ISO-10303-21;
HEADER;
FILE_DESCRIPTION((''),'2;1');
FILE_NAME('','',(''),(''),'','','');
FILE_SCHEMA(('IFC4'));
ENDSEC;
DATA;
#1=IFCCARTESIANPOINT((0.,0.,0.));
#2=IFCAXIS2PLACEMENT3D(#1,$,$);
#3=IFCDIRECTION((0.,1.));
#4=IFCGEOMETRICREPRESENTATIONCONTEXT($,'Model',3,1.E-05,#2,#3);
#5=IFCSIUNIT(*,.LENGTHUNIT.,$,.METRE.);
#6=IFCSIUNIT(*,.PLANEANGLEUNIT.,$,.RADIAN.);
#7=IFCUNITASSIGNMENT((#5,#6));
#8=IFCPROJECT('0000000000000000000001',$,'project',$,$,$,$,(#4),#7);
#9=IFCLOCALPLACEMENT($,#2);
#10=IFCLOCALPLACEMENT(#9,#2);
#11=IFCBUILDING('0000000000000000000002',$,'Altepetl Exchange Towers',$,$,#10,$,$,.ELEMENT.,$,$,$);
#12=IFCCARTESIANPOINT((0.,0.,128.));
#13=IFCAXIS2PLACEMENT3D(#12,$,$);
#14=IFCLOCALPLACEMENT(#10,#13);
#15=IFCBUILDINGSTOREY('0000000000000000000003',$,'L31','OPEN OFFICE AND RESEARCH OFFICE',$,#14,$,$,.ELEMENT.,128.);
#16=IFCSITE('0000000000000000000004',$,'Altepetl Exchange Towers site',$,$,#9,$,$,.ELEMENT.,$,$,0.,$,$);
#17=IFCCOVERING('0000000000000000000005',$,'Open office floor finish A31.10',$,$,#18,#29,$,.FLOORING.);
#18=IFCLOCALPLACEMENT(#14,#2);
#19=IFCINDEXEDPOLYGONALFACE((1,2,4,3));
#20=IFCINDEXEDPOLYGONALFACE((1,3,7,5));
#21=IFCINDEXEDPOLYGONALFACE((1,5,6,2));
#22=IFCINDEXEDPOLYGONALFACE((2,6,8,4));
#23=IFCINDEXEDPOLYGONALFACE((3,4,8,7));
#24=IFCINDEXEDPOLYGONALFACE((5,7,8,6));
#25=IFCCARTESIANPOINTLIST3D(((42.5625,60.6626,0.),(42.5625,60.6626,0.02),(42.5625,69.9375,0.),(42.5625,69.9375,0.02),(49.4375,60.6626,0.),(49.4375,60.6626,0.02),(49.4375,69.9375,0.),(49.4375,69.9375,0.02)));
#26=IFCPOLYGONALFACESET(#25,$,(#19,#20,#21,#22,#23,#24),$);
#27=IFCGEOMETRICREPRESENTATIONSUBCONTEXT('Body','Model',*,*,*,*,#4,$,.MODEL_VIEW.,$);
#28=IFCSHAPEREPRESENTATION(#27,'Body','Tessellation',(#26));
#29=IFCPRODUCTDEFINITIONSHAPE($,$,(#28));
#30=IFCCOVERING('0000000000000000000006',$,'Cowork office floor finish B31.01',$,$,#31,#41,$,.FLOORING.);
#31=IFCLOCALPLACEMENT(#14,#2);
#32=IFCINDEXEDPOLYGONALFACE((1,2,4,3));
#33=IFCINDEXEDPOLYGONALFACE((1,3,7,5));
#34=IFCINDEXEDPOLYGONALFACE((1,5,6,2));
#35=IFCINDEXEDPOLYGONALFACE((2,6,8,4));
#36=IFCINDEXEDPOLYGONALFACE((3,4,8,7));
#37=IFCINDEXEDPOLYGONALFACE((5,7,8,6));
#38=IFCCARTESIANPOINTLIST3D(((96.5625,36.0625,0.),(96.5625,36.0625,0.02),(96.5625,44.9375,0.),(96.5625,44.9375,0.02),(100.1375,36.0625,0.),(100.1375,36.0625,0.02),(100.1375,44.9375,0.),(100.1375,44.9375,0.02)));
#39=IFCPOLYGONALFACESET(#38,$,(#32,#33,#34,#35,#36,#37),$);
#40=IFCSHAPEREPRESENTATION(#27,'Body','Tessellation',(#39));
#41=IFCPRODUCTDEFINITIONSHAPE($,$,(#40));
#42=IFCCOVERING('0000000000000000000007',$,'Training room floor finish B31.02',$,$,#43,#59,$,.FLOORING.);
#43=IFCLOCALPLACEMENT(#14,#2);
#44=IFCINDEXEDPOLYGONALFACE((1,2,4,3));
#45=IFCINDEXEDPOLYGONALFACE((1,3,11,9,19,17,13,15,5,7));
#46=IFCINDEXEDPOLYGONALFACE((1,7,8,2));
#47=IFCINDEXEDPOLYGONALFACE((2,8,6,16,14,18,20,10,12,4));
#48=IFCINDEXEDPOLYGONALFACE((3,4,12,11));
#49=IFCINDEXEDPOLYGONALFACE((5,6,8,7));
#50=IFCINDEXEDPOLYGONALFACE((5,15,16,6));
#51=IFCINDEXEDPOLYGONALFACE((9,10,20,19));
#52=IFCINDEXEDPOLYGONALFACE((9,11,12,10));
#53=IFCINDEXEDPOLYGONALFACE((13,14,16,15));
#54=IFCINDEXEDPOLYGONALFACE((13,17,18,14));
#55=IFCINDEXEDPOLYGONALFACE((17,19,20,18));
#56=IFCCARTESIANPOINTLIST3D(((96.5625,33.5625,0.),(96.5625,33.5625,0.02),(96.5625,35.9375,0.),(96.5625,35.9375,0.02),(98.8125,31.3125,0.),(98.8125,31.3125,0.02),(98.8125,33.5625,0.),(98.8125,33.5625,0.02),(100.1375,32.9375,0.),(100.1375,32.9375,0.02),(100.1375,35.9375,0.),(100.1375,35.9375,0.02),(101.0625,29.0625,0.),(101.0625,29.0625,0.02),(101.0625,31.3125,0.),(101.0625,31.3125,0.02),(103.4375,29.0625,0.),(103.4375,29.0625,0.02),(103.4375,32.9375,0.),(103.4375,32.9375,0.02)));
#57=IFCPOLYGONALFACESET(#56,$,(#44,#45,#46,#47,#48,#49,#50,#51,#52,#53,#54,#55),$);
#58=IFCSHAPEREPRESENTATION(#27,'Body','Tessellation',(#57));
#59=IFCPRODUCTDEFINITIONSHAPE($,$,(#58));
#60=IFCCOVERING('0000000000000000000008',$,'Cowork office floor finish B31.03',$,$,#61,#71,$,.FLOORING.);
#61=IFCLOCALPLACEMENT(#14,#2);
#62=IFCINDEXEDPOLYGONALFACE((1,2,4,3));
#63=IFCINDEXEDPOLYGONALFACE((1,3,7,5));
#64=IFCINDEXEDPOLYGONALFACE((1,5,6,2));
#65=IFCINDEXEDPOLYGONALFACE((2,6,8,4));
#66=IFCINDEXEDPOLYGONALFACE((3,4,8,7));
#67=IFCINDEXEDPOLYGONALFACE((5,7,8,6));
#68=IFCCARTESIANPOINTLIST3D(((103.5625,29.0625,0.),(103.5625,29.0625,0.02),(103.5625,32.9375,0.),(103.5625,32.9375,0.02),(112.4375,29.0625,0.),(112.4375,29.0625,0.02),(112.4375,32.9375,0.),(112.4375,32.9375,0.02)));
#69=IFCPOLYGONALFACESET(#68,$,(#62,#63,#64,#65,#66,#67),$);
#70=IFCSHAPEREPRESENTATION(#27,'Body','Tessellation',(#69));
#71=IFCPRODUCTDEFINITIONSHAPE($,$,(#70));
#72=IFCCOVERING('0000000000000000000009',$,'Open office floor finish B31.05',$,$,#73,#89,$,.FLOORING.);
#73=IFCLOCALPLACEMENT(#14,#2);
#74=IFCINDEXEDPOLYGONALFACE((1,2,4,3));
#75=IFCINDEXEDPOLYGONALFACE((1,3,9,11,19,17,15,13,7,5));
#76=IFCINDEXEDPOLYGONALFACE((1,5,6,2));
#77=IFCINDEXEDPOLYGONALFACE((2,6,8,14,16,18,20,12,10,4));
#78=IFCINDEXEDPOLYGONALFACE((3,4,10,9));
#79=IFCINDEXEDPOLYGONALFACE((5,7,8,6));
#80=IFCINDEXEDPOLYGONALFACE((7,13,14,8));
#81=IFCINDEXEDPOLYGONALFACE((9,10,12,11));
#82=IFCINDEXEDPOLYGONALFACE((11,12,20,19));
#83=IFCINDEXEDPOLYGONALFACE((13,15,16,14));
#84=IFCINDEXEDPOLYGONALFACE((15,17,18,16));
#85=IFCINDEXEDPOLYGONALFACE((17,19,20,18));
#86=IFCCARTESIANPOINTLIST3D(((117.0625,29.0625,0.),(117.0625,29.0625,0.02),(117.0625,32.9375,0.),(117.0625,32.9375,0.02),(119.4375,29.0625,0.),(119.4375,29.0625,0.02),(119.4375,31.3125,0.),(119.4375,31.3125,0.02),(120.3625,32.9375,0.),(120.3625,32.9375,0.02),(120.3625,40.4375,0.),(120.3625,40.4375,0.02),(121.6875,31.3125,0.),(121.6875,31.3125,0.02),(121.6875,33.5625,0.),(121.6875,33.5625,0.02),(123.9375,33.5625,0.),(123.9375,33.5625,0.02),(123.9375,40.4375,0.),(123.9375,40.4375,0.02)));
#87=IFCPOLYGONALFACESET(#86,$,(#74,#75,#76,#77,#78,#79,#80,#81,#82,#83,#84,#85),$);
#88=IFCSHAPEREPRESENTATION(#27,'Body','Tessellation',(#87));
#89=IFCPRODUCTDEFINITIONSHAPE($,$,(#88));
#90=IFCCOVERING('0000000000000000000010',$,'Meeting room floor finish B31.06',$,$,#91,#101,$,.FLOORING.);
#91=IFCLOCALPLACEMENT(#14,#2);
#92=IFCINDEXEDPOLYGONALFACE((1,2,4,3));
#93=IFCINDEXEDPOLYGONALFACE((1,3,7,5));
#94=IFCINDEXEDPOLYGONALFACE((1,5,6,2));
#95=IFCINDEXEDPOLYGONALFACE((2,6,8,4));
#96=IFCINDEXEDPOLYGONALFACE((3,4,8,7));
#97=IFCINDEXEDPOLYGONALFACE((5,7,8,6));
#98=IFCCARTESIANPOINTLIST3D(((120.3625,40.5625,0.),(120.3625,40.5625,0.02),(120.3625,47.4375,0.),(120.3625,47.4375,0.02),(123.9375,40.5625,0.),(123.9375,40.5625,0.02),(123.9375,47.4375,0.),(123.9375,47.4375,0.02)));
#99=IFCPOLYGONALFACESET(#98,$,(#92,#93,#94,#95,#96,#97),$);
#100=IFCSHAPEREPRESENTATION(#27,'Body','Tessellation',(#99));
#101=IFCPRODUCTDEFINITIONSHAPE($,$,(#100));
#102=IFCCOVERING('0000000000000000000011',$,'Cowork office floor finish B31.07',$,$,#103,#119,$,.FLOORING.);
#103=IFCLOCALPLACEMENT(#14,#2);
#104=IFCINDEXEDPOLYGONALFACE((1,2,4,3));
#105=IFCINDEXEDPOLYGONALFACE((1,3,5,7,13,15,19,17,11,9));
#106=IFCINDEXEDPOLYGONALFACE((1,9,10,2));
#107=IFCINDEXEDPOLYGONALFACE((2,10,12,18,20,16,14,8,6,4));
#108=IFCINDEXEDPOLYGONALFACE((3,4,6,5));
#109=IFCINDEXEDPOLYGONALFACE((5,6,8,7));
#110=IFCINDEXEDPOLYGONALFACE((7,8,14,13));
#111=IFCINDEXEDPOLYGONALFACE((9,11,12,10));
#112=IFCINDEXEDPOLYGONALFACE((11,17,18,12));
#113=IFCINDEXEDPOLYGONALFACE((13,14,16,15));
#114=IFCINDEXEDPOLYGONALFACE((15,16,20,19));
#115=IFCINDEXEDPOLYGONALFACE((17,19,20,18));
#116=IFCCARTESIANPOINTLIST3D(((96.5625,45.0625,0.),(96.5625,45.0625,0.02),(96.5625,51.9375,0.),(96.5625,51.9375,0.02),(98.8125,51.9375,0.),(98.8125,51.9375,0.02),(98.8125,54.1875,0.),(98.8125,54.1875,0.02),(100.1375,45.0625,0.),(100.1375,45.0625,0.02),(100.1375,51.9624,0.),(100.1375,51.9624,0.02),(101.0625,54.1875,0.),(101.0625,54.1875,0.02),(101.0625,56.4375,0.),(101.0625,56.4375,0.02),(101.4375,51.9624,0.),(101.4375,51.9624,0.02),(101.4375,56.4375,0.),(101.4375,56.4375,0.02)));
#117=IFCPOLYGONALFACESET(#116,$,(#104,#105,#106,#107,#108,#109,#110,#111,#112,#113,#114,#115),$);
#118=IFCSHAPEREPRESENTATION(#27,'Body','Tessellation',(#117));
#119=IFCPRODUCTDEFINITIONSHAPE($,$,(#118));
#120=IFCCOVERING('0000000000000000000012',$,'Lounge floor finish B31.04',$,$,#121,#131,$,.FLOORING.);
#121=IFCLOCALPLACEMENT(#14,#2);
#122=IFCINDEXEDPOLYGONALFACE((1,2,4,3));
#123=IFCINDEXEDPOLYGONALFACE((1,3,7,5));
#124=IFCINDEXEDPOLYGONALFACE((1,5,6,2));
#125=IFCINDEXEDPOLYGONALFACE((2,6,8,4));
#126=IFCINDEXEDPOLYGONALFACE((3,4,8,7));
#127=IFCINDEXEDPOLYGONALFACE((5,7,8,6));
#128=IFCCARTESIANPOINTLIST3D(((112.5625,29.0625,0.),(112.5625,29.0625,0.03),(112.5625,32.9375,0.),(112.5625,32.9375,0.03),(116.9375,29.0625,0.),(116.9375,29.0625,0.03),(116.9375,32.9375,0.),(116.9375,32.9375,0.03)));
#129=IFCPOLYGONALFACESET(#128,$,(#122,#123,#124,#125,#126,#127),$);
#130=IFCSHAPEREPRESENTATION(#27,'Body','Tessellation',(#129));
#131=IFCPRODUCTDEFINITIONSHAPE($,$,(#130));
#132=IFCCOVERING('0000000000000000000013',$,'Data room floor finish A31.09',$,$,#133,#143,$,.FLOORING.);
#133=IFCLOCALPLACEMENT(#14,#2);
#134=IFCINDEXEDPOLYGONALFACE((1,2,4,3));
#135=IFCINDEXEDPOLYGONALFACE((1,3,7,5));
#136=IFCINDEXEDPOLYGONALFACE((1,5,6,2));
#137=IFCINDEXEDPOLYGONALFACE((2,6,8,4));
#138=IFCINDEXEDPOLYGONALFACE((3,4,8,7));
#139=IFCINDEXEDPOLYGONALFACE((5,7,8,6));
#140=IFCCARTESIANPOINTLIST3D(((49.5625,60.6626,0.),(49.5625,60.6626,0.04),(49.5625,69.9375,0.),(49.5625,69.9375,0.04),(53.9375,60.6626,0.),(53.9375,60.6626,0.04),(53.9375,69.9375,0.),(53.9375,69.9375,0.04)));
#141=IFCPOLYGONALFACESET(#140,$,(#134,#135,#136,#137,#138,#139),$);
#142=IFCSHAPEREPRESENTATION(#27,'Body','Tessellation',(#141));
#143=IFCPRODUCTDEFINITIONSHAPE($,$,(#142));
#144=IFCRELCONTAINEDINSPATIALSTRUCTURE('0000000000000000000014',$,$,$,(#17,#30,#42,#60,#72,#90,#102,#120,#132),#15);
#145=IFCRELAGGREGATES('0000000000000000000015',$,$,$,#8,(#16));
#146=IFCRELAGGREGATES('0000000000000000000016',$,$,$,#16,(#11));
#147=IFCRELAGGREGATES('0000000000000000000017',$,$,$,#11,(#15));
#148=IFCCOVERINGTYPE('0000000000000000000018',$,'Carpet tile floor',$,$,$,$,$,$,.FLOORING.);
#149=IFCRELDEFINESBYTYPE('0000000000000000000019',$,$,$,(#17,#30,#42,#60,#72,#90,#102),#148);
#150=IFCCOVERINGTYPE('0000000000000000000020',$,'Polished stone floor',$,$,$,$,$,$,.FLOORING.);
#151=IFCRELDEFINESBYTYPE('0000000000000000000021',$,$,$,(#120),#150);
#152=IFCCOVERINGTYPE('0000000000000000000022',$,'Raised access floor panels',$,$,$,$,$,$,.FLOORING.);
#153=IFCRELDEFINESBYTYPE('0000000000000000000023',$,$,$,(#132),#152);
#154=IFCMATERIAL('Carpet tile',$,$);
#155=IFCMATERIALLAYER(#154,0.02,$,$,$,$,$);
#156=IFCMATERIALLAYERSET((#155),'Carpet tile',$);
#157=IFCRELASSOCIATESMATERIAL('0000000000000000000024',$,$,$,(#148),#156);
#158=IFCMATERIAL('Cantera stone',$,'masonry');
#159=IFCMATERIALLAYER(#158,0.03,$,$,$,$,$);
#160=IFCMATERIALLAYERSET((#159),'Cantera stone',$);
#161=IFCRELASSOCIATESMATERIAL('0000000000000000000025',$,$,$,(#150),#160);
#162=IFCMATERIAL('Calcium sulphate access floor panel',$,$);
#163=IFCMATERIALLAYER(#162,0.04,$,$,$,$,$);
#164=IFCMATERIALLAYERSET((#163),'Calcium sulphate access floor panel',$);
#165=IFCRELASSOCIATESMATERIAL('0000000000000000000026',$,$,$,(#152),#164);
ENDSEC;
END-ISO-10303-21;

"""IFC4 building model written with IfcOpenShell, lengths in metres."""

from ifc_helpers import new_model, si_unit, direction, frame, origin, place, context, subcontext, project, spatial, polyline, outline, extrude, material, layer, layer_set, type_object, element, save


model = new_model("IFC4")

# Units and contexts
model_context = context("Model", 3, precision=1e-05, world=origin(), true_north=direction((0.0, 1.0)))
body_context = subcontext(model_context, "Body", "Model", "MODEL_VIEW")
ifc_project = project(units=[si_unit("LENGTHUNIT", "METRE"), si_unit("PLANEANGLEUNIT", "RADIAN")], contexts=[model_context])

# Site, building, storey
site_placement = place(None, origin())
site = spatial("IfcSite", under=ifc_project, at=site_placement, Name="Altepetl Exchange Towers site", CompositionType="ELEMENT", RefElevation=0.0)
building_placement = place(site_placement, origin())
building = spatial("IfcBuilding", under=site, at=building_placement, Name="Altepetl Exchange Towers", CompositionType="ELEMENT")
storey_placement = place(building_placement, frame((0.0, 0.0, 128.0)))
storey = spatial("IfcBuildingStorey", under=building, at=storey_placement, Name="L31", Description="OPEN OFFICE AND RESEARCH OFFICE", CompositionType="ELEMENT", Elevation=128.0)

# Coverings
ifc_material_1 = material(Name="Carpet tile")
ifc_layer_1 = layer(ifc_material_1, 0.02)
ifc_layer_set_1 = layer_set([ifc_layer_1], Name="Carpet tile")
covering_type_1 = type_object("IfcCoveringType", Name="Carpet tile floor", PredefinedType="FLOORING", material=ifc_layer_set_1)
covering_1_placement = place(storey_placement, origin())
element("IfcCovering", 1, at=covering_1_placement, inside=storey, type_object=covering_type_1, Name="Open office floor finish A31.10", PredefinedType="FLOORING", context=body_context, shape_type="SweptSolid", body=[
    extrude(outline(polyline([(49.4375, 60.6626), (49.4375, 69.9375), (42.5625, 69.9375), (42.5625, 60.6626), (49.4375, 60.6626)])), origin(), (0.0, 0.0, 1.0), 0.02),
])
covering_2_placement = place(storey_placement, origin())
element("IfcCovering", 2, at=covering_2_placement, inside=storey, type_object=covering_type_1, Name="Cowork office floor finish B31.01", PredefinedType="FLOORING", context=body_context, shape_type="SweptSolid", body=[
    extrude(outline(polyline([(100.1375, 44.9375), (96.5625, 44.9375), (96.5625, 36.0625), (100.1375, 36.0625), (100.1375, 44.9375)])), origin(), (0.0, 0.0, 1.0), 0.02),
])
covering_3_placement = place(storey_placement, origin())
element("IfcCovering", 3, at=covering_3_placement, inside=storey, type_object=covering_type_1, Name="Training room floor finish B31.02", PredefinedType="FLOORING", context=body_context, shape_type="SweptSolid", body=[
    extrude(outline(polyline([(100.1375, 35.9375), (96.5625, 35.9375), (96.5625, 33.5625), (98.8125, 33.5625), (98.8125, 31.3125), (101.0625, 31.3125), (101.0625, 29.0625), (103.4375, 29.0625), (103.4375, 32.9375), (100.1375, 32.9375), (100.1375, 35.9375)])), origin(), (0.0, 0.0, 1.0), 0.02),
])
covering_4_placement = place(storey_placement, origin())
element("IfcCovering", 4, at=covering_4_placement, inside=storey, type_object=covering_type_1, Name="Cowork office floor finish B31.03", PredefinedType="FLOORING", context=body_context, shape_type="SweptSolid", body=[
    extrude(outline(polyline([(103.5625, 32.9375), (103.5625, 29.0625), (112.4375, 29.0625), (112.4375, 32.9375), (103.5625, 32.9375)])), origin(), (0.0, 0.0, 1.0), 0.02),
])
covering_5_placement = place(storey_placement, origin())
element("IfcCovering", 5, at=covering_5_placement, inside=storey, type_object=covering_type_1, Name="Open office floor finish B31.05", PredefinedType="FLOORING", context=body_context, shape_type="SweptSolid", body=[
    extrude(outline(polyline([(117.0625, 32.9375), (117.0625, 29.0625), (119.4375, 29.0625), (119.4375, 31.3125), (121.6875, 31.3125), (121.6875, 33.5625), (123.9375, 33.5625), (123.9375, 40.4375), (120.3625, 40.4375), (120.3625, 32.9375), (117.0625, 32.9375)])), origin(), (0.0, 0.0, 1.0), 0.02),
])
covering_6_placement = place(storey_placement, origin())
element("IfcCovering", 6, at=covering_6_placement, inside=storey, type_object=covering_type_1, Name="Meeting room floor finish B31.06", PredefinedType="FLOORING", context=body_context, shape_type="SweptSolid", body=[
    extrude(outline(polyline([(120.3625, 47.4375), (120.3625, 40.5625), (123.9375, 40.5625), (123.9375, 47.4375), (120.3625, 47.4375)])), origin(), (0.0, 0.0, 1.0), 0.02),
])
covering_7_placement = place(storey_placement, origin())
element("IfcCovering", 7, at=covering_7_placement, inside=storey, type_object=covering_type_1, Name="Cowork office floor finish B31.07", PredefinedType="FLOORING", context=body_context, shape_type="SweptSolid", body=[
    extrude(outline(polyline([(101.0625, 54.1875), (98.8125, 54.1875), (98.8125, 51.9375), (96.5625, 51.9375), (96.5625, 45.0625), (100.1375, 45.0625), (100.1375, 51.9624), (101.4375, 51.9624), (101.4375, 56.4375), (101.0625, 56.4375), (101.0625, 54.1875)])), origin(), (0.0, 0.0, 1.0), 0.02),
])
ifc_material_2 = material(Name="Cantera stone", Category="masonry")
ifc_layer_2 = layer(ifc_material_2, 0.03)
ifc_layer_set_2 = layer_set([ifc_layer_2], Name="Cantera stone")
covering_type_2 = type_object("IfcCoveringType", Name="Polished stone floor", PredefinedType="FLOORING", material=ifc_layer_set_2)
covering_8_placement = place(storey_placement, origin())
element("IfcCovering", 8, at=covering_8_placement, inside=storey, type_object=covering_type_2, Name="Lounge floor finish B31.04", PredefinedType="FLOORING", context=body_context, shape_type="SweptSolid", body=[
    extrude(outline(polyline([(112.5625, 32.9375), (112.5625, 29.0625), (116.9375, 29.0625), (116.9375, 32.9375), (112.5625, 32.9375)])), origin(), (0.0, 0.0, 1.0), 0.03),
])
ifc_material_3 = material(Name="Calcium sulphate access floor panel")
ifc_layer_3 = layer(ifc_material_3, 0.04)
ifc_layer_set_3 = layer_set([ifc_layer_3], Name="Calcium sulphate access floor panel")
covering_type_3 = type_object("IfcCoveringType", Name="Raised access floor panels", PredefinedType="FLOORING", material=ifc_layer_set_3)
covering_9_placement = place(storey_placement, origin())
element("IfcCovering", 9, at=covering_9_placement, inside=storey, type_object=covering_type_3, Name="Data room floor finish A31.09", PredefinedType="FLOORING", context=body_context, shape_type="SweptSolid", body=[
    extrude(outline(polyline([(53.9375, 60.6626), (53.9375, 69.9375), (49.5625, 69.9375), (49.5625, 60.6626), (53.9375, 60.6626)])), origin(), (0.0, 0.0, 1.0), 0.04),
])

save(model, "model.ifc")
